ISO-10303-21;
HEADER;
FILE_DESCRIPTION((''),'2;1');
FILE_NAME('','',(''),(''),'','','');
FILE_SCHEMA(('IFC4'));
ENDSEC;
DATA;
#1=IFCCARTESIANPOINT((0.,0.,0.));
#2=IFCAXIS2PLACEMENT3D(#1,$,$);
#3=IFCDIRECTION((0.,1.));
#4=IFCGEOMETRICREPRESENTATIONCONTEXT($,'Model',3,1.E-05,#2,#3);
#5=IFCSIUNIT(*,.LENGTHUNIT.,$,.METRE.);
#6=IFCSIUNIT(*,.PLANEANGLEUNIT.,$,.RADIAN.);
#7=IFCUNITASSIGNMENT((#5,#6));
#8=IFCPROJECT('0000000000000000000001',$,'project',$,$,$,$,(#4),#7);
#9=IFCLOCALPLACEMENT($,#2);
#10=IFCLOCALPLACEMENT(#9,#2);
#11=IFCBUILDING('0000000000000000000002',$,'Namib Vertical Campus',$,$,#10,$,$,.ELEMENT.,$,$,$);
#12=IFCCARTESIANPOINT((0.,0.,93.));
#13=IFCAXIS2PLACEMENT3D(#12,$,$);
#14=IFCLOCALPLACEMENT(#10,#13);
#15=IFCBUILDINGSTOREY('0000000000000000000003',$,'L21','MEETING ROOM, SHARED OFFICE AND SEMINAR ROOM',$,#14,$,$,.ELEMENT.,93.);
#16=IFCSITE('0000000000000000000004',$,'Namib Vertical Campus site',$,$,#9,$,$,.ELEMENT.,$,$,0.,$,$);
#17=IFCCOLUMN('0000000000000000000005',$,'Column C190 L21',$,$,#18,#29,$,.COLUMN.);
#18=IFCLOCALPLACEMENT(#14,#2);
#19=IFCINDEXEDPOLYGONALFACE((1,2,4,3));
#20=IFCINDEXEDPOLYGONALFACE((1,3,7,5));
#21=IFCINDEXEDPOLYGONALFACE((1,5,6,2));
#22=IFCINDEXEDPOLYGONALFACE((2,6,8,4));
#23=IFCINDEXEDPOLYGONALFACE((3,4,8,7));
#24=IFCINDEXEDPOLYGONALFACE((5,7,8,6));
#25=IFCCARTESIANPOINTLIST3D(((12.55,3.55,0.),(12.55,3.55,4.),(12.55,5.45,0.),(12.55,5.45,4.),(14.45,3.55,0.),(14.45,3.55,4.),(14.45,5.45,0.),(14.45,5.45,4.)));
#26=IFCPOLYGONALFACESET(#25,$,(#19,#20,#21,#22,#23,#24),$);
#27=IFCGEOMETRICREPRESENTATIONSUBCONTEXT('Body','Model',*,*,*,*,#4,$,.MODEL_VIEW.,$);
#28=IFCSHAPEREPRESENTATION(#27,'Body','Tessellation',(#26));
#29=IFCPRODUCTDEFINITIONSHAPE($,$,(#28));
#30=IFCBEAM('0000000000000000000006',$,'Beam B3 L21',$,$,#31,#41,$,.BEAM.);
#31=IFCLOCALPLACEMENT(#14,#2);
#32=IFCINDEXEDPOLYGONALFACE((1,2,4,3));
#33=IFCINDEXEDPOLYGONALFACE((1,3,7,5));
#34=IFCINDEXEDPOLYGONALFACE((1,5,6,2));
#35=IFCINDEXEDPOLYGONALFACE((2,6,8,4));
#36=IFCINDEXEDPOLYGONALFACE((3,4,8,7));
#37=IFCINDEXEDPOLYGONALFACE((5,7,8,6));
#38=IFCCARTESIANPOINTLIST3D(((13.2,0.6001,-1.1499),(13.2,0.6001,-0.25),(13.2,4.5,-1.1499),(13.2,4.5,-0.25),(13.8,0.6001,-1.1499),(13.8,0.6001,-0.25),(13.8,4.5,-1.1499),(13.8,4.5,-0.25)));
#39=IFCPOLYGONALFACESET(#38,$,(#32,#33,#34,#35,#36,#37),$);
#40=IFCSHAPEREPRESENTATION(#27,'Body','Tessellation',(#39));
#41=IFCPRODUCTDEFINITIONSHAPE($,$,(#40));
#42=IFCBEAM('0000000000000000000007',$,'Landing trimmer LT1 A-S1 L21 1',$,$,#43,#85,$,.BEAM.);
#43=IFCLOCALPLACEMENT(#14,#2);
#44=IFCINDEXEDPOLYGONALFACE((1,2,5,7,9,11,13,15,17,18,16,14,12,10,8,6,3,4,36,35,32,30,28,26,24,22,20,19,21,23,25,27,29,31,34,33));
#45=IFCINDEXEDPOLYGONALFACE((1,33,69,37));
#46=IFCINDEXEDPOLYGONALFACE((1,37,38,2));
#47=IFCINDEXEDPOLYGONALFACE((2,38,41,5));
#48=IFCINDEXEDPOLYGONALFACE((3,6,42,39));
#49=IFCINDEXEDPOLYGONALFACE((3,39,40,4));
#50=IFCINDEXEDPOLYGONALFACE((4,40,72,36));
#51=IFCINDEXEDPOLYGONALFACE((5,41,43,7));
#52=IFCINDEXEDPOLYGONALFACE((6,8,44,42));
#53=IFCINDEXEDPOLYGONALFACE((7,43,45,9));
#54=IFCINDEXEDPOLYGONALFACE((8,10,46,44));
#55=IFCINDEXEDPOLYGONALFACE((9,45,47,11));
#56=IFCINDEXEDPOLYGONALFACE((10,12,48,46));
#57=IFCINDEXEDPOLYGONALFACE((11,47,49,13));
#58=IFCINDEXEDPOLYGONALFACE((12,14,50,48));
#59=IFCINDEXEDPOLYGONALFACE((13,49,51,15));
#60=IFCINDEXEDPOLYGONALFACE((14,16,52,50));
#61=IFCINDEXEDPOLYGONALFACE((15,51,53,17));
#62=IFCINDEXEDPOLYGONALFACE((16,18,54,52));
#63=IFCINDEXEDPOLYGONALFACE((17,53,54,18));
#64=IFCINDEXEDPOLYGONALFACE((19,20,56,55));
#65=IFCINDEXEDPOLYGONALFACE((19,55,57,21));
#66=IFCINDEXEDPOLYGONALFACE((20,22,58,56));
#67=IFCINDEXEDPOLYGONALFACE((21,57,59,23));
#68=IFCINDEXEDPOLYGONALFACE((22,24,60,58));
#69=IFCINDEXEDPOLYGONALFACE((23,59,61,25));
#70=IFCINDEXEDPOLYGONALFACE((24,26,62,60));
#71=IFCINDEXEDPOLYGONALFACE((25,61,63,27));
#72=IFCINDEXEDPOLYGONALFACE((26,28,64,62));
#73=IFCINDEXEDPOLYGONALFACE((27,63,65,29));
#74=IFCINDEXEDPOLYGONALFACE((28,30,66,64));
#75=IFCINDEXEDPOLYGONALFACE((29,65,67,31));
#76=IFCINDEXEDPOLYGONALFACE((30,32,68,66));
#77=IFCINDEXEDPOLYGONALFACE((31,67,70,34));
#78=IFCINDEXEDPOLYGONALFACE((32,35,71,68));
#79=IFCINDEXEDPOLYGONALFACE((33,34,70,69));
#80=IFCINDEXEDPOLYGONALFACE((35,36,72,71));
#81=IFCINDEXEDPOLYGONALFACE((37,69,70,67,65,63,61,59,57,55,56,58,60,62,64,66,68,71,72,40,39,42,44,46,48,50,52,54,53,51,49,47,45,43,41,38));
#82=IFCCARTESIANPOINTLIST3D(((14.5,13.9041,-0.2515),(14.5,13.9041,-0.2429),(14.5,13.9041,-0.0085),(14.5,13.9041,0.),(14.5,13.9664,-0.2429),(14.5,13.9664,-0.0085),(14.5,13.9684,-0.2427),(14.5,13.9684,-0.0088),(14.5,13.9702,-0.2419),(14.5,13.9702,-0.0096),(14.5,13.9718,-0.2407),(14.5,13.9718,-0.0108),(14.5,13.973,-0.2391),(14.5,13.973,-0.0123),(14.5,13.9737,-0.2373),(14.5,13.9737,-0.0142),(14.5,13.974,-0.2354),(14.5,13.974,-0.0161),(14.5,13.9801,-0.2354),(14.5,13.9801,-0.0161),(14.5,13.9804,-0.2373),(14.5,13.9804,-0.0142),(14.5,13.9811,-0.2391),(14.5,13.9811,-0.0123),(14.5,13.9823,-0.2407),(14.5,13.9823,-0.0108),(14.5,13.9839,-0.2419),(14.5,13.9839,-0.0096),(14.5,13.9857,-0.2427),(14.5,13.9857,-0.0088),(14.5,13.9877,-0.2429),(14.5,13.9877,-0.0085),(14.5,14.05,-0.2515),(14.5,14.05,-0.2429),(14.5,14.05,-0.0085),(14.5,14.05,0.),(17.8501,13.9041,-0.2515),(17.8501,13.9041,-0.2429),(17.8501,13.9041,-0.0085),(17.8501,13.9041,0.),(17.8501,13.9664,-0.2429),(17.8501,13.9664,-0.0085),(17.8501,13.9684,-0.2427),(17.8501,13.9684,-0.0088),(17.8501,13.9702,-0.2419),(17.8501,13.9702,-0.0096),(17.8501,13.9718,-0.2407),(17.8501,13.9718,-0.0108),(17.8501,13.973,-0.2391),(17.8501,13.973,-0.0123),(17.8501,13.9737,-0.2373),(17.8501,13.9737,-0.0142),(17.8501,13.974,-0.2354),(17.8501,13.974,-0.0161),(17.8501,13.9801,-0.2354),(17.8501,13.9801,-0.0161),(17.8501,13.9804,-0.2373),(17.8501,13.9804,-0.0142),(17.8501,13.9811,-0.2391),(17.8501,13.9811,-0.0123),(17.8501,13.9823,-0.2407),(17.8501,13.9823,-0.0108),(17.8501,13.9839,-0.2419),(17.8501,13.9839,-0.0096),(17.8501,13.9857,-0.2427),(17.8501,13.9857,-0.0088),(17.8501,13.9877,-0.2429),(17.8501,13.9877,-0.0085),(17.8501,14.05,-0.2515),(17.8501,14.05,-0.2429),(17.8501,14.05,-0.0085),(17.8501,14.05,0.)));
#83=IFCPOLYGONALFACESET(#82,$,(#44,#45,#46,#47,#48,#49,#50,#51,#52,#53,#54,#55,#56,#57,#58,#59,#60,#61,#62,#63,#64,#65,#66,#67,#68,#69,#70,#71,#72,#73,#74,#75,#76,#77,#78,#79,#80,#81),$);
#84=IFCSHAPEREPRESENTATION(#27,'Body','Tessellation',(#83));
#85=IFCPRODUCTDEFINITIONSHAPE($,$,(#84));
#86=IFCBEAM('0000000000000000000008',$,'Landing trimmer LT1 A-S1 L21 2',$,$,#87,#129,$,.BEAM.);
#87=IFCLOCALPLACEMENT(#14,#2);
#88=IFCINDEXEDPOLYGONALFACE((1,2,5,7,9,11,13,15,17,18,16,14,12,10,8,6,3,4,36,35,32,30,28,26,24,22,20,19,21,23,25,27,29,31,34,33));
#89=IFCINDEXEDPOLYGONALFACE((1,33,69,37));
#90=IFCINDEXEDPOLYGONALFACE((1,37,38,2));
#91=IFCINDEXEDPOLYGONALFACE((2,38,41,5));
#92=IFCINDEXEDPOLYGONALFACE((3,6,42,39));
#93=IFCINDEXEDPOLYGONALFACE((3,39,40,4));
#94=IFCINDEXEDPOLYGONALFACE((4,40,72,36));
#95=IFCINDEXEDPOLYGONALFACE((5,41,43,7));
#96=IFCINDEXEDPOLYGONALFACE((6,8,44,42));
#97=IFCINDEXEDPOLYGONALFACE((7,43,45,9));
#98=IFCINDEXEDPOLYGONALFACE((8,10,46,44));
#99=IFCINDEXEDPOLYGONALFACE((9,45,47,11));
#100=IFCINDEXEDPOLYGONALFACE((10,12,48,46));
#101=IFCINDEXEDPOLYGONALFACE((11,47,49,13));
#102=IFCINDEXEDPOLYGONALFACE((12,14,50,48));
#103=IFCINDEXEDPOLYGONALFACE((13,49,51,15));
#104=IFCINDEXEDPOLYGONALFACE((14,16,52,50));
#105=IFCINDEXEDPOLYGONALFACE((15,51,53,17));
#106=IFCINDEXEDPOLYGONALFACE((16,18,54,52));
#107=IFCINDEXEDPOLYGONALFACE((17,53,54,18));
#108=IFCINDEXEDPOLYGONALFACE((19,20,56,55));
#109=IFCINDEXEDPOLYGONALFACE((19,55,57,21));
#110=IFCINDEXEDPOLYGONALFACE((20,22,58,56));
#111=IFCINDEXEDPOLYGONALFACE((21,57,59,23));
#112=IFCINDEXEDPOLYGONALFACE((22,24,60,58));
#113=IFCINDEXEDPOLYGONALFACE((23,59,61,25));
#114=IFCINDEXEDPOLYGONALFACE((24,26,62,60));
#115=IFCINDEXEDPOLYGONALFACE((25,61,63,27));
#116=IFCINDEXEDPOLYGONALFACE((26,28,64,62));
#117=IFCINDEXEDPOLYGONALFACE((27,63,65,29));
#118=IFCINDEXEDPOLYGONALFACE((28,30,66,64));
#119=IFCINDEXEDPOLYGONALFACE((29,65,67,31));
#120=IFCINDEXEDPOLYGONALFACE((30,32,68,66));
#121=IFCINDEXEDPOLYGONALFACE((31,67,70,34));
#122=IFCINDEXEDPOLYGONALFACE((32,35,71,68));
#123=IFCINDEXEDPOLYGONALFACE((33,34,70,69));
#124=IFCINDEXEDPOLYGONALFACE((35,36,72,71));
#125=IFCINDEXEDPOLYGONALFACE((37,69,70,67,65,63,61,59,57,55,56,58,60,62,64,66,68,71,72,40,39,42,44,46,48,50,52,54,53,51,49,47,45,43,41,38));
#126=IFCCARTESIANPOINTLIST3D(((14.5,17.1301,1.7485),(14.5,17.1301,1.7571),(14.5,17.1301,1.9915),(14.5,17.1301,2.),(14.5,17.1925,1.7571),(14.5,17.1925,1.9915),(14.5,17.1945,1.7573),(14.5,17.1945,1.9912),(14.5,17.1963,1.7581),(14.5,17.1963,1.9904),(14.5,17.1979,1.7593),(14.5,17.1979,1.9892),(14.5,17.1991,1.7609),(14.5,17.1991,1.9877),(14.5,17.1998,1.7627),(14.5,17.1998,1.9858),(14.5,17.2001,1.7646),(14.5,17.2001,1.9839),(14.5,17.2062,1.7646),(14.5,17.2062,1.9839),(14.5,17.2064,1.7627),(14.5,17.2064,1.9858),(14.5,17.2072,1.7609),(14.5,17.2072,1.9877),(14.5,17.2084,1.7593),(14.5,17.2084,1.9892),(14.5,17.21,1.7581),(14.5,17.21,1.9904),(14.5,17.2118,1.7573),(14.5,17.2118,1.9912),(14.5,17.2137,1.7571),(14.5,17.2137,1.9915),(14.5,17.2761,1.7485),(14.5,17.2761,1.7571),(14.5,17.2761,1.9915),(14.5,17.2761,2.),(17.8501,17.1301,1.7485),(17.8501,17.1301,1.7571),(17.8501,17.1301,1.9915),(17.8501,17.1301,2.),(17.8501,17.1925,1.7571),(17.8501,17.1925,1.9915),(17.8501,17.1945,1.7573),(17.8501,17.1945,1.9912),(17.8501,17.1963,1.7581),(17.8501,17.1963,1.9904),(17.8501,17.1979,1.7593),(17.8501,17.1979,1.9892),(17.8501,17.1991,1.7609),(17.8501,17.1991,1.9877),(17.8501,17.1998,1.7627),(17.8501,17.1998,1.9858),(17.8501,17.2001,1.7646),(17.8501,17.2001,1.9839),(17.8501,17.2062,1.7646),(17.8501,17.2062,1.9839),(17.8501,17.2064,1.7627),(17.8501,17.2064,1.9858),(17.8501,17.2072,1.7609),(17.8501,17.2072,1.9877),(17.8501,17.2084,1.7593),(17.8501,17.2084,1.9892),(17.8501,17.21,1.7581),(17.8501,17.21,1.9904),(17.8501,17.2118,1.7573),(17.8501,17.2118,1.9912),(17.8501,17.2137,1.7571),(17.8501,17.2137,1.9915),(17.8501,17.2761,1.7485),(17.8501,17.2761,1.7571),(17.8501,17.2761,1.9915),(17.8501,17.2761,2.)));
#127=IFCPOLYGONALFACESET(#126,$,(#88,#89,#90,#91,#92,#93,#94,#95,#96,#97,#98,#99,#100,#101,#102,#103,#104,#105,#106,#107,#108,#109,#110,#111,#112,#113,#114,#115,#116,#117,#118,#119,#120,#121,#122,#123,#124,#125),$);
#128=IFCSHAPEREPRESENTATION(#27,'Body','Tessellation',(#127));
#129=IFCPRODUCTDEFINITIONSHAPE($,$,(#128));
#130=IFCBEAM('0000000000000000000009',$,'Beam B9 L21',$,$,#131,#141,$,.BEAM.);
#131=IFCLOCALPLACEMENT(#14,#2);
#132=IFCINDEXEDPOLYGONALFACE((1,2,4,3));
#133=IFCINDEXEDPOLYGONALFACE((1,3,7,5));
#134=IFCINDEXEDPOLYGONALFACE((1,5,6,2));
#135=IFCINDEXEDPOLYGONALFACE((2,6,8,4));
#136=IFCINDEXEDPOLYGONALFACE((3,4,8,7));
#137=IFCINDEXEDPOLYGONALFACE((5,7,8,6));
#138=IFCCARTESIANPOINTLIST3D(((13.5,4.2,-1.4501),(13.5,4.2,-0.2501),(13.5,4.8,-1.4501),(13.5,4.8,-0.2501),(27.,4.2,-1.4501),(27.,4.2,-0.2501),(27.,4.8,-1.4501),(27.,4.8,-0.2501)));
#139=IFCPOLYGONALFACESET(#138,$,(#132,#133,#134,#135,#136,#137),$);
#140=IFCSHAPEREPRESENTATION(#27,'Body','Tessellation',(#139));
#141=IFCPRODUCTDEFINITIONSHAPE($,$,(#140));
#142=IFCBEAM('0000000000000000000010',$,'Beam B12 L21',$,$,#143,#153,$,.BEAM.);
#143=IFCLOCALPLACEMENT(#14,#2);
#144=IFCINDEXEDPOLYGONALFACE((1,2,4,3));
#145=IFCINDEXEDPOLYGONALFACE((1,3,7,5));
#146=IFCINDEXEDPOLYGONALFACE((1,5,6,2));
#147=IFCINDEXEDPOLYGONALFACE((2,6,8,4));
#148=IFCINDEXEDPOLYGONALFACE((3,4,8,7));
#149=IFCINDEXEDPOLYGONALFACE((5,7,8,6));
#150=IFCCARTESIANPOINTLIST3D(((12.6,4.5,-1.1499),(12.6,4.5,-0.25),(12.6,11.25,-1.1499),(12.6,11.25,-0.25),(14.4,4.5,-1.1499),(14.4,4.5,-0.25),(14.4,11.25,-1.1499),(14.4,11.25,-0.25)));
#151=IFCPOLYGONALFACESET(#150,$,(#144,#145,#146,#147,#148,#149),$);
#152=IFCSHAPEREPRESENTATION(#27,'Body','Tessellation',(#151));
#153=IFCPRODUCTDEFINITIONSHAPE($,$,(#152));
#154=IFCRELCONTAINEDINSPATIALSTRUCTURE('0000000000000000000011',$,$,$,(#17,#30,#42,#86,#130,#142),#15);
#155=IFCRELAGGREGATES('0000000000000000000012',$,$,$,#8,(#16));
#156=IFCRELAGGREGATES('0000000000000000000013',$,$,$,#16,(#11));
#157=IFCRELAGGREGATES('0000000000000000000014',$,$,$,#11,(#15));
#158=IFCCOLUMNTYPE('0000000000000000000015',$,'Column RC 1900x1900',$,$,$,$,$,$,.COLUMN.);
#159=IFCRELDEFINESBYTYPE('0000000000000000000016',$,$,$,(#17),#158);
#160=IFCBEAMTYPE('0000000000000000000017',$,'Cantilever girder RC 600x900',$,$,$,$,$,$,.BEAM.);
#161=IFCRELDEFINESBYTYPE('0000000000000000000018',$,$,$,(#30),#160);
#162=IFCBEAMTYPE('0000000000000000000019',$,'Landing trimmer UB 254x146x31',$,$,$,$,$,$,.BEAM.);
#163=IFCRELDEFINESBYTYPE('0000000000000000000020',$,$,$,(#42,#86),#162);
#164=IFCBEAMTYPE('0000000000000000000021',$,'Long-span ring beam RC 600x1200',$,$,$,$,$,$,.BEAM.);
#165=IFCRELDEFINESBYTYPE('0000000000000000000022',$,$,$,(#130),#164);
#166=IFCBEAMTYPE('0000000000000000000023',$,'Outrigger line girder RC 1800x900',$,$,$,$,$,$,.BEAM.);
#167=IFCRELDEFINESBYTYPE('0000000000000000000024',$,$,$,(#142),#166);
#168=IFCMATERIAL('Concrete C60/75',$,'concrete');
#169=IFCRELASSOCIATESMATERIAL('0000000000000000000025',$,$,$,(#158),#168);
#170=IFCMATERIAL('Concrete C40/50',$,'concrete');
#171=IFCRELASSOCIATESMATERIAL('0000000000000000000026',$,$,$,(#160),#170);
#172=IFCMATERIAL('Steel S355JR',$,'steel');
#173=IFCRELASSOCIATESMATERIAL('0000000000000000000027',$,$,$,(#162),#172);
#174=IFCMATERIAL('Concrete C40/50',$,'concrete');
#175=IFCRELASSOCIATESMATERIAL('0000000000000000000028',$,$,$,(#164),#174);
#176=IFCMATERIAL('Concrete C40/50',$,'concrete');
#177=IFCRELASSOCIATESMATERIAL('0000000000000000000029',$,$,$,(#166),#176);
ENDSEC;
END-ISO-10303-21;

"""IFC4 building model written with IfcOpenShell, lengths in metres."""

from ifc_helpers import new_model, si_unit, direction, frame, origin, origin_2d, place, context, subcontext, project, spatial, rectangle, i_section, extrude, material, material_profile, profile_set, type_object, element, save


model = new_model("IFC4")

# Units and contexts
model_context = context("Model", 3, precision=1e-05, world=origin(), true_north=direction((0.0, 1.0)))
body_context = subcontext(model_context, "Body", "Model", "MODEL_VIEW")
ifc_project = project(units=[si_unit("LENGTHUNIT", "METRE"), si_unit("PLANEANGLEUNIT", "RADIAN")], contexts=[model_context])

# Site, building, storey
site_placement = place(None, origin())
site = spatial("IfcSite", under=ifc_project, at=site_placement, Name="Namib Vertical Campus site", CompositionType="ELEMENT", RefElevation=0.0)
building_placement = place(site_placement, origin())
building = spatial("IfcBuilding", under=site, at=building_placement, Name="Namib Vertical Campus", CompositionType="ELEMENT")
storey_placement = place(building_placement, frame((0.0, 0.0, 93.0)))
storey = spatial("IfcBuildingStorey", under=building, at=storey_placement, Name="L21", Description="MEETING ROOM, SHARED OFFICE AND SEMINAR ROOM", CompositionType="ELEMENT", Elevation=93.0)

# Column
ifc_material_1 = material(Name="Concrete C60/75", Category="concrete")
ifc_material_profile_1 = material_profile(ifc_material_1, rectangle(XDim=1.8999, YDim=1.8999, at=origin_2d()))
ifc_profile_set_1 = profile_set([ifc_material_profile_1], Name="Concrete C60/75")
column_type = type_object("IfcColumnType", Name="Column RC 1900x1900", PredefinedType="COLUMN", material=ifc_profile_set_1)
column_placement = place(storey_placement, frame((13.5, 4.5, 0.0), z_axis=(0.0, 0.0, 1.0), x_axis=(1.0, 0.0, 0.0)))
element("IfcColumn", 1, at=column_placement, inside=storey, type_object=column_type, Name="Column C190 L21", PredefinedType="COLUMN", context=body_context, shape_type="SweptSolid", body=[
    extrude(rectangle(XDim=1.8999, YDim=1.8999, at=origin_2d()), origin(), (0.0, 0.0, 1.0), 4.0),
])

# Beams
ifc_material_2 = material(Name="Concrete C40/50", Category="concrete")
ifc_material_profile_2 = material_profile(ifc_material_2, rectangle(XDim=0.6001, YDim=0.8999, at=origin_2d()))
ifc_profile_set_2 = profile_set([ifc_material_profile_2], Name="Concrete C40/50")
beam_type_1 = type_object("IfcBeamType", Name="Cantilever girder RC 600x900", PredefinedType="BEAM", material=ifc_profile_set_2)
beam_1_placement = place(storey_placement, frame((13.5, 4.5, -0.7), z_axis=(0.0, -1.0, 0.0), x_axis=(1.0, 0.0, 0.0)))
element("IfcBeam", 2, at=beam_1_placement, inside=storey, type_object=beam_type_1, Name="Beam B3 L21", PredefinedType="BEAM", context=body_context, shape_type="SweptSolid", body=[
    extrude(rectangle(XDim=0.6001, YDim=0.8999, at=origin_2d()), origin(), (0.0, 0.0, 1.0), 3.8999),
])
ifc_material_3 = material(Name="Steel S355JR", Category="steel")
ifc_material_profile_3 = material_profile(ifc_material_3, i_section(OverallWidth=0.146, OverallDepth=0.2515, WebThickness=0.0061, FlangeThickness=0.0085, FilletRadius=0.0076, at=origin_2d()))
ifc_profile_set_3 = profile_set([ifc_material_profile_3], Name="Steel S355JR")
beam_type_2 = type_object("IfcBeamType", Name="Landing trimmer UB 254x146x31", PredefinedType="BEAM", material=ifc_profile_set_3)
for number, where, z_axis, x_axis, name in (
    (3, (14.5, 13.9771, -0.1257), (1.0, 0.0, 0.0), (0.0, 1.0, 0.0), "Landing trimmer LT1 A-S1 L21 1"),
    (4, (14.5, 17.2031, 1.8743), (1.0, 0.0, 0.0), (0.0, 1.0, 0.0), "Landing trimmer LT1 A-S1 L21 2"),
):
    element("IfcBeam", number, at=place(storey_placement, frame(where, z_axis=z_axis, x_axis=x_axis)), inside=storey, type_object=beam_type_2, Name=name, PredefinedType="BEAM", context=body_context, shape_type="SweptSolid", body=[
        extrude(i_section(OverallWidth=0.146, OverallDepth=0.2515, WebThickness=0.0061, FlangeThickness=0.0085, FilletRadius=0.0076, at=origin_2d()), origin(), (0.0, 0.0, 1.0), 3.3501),
    ])
ifc_material_4 = material(Name="Concrete C40/50", Category="concrete")
ifc_material_profile_4 = material_profile(ifc_material_4, rectangle(XDim=0.6001, YDim=1.2, at=origin_2d()))
ifc_profile_set_4 = profile_set([ifc_material_profile_4], Name="Concrete C40/50")
beam_type_3 = type_object("IfcBeamType", Name="Long-span ring beam RC 600x1200", PredefinedType="BEAM", material=ifc_profile_set_4)
beam_2_placement = place(storey_placement, frame((13.5, 4.5, -0.8501), z_axis=(1.0, 0.0, 0.0), x_axis=(0.0, 1.0, 0.0)))
element("IfcBeam", 5, at=beam_2_placement, inside=storey, type_object=beam_type_3, Name="Beam B9 L21", PredefinedType="BEAM", context=body_context, shape_type="SweptSolid", body=[
    extrude(rectangle(XDim=0.6001, YDim=1.2, at=origin_2d()), origin(), (0.0, 0.0, 1.0), 13.5),
])
ifc_material_5 = material(Name="Concrete C40/50", Category="concrete")
ifc_material_profile_5 = material_profile(ifc_material_5, rectangle(XDim=1.8, YDim=0.8999, at=origin_2d()))
ifc_profile_set_5 = profile_set([ifc_material_profile_5], Name="Concrete C40/50")
beam_type_4 = type_object("IfcBeamType", Name="Outrigger line girder RC 1800x900", PredefinedType="BEAM", material=ifc_profile_set_5)
beam_3_placement = place(storey_placement, frame((13.5, 4.5, -0.7), z_axis=(0.0, 1.0, 0.0), x_axis=(-1.0, 0.0, 0.0)))
element("IfcBeam", 6, at=beam_3_placement, inside=storey, type_object=beam_type_4, Name="Beam B12 L21", PredefinedType="BEAM", context=body_context, shape_type="SweptSolid", body=[
    extrude(rectangle(XDim=1.8, YDim=0.8999, at=origin_2d()), origin(), (0.0, 0.0, 1.0), 6.75),
])

save(model, "model.ifc")
